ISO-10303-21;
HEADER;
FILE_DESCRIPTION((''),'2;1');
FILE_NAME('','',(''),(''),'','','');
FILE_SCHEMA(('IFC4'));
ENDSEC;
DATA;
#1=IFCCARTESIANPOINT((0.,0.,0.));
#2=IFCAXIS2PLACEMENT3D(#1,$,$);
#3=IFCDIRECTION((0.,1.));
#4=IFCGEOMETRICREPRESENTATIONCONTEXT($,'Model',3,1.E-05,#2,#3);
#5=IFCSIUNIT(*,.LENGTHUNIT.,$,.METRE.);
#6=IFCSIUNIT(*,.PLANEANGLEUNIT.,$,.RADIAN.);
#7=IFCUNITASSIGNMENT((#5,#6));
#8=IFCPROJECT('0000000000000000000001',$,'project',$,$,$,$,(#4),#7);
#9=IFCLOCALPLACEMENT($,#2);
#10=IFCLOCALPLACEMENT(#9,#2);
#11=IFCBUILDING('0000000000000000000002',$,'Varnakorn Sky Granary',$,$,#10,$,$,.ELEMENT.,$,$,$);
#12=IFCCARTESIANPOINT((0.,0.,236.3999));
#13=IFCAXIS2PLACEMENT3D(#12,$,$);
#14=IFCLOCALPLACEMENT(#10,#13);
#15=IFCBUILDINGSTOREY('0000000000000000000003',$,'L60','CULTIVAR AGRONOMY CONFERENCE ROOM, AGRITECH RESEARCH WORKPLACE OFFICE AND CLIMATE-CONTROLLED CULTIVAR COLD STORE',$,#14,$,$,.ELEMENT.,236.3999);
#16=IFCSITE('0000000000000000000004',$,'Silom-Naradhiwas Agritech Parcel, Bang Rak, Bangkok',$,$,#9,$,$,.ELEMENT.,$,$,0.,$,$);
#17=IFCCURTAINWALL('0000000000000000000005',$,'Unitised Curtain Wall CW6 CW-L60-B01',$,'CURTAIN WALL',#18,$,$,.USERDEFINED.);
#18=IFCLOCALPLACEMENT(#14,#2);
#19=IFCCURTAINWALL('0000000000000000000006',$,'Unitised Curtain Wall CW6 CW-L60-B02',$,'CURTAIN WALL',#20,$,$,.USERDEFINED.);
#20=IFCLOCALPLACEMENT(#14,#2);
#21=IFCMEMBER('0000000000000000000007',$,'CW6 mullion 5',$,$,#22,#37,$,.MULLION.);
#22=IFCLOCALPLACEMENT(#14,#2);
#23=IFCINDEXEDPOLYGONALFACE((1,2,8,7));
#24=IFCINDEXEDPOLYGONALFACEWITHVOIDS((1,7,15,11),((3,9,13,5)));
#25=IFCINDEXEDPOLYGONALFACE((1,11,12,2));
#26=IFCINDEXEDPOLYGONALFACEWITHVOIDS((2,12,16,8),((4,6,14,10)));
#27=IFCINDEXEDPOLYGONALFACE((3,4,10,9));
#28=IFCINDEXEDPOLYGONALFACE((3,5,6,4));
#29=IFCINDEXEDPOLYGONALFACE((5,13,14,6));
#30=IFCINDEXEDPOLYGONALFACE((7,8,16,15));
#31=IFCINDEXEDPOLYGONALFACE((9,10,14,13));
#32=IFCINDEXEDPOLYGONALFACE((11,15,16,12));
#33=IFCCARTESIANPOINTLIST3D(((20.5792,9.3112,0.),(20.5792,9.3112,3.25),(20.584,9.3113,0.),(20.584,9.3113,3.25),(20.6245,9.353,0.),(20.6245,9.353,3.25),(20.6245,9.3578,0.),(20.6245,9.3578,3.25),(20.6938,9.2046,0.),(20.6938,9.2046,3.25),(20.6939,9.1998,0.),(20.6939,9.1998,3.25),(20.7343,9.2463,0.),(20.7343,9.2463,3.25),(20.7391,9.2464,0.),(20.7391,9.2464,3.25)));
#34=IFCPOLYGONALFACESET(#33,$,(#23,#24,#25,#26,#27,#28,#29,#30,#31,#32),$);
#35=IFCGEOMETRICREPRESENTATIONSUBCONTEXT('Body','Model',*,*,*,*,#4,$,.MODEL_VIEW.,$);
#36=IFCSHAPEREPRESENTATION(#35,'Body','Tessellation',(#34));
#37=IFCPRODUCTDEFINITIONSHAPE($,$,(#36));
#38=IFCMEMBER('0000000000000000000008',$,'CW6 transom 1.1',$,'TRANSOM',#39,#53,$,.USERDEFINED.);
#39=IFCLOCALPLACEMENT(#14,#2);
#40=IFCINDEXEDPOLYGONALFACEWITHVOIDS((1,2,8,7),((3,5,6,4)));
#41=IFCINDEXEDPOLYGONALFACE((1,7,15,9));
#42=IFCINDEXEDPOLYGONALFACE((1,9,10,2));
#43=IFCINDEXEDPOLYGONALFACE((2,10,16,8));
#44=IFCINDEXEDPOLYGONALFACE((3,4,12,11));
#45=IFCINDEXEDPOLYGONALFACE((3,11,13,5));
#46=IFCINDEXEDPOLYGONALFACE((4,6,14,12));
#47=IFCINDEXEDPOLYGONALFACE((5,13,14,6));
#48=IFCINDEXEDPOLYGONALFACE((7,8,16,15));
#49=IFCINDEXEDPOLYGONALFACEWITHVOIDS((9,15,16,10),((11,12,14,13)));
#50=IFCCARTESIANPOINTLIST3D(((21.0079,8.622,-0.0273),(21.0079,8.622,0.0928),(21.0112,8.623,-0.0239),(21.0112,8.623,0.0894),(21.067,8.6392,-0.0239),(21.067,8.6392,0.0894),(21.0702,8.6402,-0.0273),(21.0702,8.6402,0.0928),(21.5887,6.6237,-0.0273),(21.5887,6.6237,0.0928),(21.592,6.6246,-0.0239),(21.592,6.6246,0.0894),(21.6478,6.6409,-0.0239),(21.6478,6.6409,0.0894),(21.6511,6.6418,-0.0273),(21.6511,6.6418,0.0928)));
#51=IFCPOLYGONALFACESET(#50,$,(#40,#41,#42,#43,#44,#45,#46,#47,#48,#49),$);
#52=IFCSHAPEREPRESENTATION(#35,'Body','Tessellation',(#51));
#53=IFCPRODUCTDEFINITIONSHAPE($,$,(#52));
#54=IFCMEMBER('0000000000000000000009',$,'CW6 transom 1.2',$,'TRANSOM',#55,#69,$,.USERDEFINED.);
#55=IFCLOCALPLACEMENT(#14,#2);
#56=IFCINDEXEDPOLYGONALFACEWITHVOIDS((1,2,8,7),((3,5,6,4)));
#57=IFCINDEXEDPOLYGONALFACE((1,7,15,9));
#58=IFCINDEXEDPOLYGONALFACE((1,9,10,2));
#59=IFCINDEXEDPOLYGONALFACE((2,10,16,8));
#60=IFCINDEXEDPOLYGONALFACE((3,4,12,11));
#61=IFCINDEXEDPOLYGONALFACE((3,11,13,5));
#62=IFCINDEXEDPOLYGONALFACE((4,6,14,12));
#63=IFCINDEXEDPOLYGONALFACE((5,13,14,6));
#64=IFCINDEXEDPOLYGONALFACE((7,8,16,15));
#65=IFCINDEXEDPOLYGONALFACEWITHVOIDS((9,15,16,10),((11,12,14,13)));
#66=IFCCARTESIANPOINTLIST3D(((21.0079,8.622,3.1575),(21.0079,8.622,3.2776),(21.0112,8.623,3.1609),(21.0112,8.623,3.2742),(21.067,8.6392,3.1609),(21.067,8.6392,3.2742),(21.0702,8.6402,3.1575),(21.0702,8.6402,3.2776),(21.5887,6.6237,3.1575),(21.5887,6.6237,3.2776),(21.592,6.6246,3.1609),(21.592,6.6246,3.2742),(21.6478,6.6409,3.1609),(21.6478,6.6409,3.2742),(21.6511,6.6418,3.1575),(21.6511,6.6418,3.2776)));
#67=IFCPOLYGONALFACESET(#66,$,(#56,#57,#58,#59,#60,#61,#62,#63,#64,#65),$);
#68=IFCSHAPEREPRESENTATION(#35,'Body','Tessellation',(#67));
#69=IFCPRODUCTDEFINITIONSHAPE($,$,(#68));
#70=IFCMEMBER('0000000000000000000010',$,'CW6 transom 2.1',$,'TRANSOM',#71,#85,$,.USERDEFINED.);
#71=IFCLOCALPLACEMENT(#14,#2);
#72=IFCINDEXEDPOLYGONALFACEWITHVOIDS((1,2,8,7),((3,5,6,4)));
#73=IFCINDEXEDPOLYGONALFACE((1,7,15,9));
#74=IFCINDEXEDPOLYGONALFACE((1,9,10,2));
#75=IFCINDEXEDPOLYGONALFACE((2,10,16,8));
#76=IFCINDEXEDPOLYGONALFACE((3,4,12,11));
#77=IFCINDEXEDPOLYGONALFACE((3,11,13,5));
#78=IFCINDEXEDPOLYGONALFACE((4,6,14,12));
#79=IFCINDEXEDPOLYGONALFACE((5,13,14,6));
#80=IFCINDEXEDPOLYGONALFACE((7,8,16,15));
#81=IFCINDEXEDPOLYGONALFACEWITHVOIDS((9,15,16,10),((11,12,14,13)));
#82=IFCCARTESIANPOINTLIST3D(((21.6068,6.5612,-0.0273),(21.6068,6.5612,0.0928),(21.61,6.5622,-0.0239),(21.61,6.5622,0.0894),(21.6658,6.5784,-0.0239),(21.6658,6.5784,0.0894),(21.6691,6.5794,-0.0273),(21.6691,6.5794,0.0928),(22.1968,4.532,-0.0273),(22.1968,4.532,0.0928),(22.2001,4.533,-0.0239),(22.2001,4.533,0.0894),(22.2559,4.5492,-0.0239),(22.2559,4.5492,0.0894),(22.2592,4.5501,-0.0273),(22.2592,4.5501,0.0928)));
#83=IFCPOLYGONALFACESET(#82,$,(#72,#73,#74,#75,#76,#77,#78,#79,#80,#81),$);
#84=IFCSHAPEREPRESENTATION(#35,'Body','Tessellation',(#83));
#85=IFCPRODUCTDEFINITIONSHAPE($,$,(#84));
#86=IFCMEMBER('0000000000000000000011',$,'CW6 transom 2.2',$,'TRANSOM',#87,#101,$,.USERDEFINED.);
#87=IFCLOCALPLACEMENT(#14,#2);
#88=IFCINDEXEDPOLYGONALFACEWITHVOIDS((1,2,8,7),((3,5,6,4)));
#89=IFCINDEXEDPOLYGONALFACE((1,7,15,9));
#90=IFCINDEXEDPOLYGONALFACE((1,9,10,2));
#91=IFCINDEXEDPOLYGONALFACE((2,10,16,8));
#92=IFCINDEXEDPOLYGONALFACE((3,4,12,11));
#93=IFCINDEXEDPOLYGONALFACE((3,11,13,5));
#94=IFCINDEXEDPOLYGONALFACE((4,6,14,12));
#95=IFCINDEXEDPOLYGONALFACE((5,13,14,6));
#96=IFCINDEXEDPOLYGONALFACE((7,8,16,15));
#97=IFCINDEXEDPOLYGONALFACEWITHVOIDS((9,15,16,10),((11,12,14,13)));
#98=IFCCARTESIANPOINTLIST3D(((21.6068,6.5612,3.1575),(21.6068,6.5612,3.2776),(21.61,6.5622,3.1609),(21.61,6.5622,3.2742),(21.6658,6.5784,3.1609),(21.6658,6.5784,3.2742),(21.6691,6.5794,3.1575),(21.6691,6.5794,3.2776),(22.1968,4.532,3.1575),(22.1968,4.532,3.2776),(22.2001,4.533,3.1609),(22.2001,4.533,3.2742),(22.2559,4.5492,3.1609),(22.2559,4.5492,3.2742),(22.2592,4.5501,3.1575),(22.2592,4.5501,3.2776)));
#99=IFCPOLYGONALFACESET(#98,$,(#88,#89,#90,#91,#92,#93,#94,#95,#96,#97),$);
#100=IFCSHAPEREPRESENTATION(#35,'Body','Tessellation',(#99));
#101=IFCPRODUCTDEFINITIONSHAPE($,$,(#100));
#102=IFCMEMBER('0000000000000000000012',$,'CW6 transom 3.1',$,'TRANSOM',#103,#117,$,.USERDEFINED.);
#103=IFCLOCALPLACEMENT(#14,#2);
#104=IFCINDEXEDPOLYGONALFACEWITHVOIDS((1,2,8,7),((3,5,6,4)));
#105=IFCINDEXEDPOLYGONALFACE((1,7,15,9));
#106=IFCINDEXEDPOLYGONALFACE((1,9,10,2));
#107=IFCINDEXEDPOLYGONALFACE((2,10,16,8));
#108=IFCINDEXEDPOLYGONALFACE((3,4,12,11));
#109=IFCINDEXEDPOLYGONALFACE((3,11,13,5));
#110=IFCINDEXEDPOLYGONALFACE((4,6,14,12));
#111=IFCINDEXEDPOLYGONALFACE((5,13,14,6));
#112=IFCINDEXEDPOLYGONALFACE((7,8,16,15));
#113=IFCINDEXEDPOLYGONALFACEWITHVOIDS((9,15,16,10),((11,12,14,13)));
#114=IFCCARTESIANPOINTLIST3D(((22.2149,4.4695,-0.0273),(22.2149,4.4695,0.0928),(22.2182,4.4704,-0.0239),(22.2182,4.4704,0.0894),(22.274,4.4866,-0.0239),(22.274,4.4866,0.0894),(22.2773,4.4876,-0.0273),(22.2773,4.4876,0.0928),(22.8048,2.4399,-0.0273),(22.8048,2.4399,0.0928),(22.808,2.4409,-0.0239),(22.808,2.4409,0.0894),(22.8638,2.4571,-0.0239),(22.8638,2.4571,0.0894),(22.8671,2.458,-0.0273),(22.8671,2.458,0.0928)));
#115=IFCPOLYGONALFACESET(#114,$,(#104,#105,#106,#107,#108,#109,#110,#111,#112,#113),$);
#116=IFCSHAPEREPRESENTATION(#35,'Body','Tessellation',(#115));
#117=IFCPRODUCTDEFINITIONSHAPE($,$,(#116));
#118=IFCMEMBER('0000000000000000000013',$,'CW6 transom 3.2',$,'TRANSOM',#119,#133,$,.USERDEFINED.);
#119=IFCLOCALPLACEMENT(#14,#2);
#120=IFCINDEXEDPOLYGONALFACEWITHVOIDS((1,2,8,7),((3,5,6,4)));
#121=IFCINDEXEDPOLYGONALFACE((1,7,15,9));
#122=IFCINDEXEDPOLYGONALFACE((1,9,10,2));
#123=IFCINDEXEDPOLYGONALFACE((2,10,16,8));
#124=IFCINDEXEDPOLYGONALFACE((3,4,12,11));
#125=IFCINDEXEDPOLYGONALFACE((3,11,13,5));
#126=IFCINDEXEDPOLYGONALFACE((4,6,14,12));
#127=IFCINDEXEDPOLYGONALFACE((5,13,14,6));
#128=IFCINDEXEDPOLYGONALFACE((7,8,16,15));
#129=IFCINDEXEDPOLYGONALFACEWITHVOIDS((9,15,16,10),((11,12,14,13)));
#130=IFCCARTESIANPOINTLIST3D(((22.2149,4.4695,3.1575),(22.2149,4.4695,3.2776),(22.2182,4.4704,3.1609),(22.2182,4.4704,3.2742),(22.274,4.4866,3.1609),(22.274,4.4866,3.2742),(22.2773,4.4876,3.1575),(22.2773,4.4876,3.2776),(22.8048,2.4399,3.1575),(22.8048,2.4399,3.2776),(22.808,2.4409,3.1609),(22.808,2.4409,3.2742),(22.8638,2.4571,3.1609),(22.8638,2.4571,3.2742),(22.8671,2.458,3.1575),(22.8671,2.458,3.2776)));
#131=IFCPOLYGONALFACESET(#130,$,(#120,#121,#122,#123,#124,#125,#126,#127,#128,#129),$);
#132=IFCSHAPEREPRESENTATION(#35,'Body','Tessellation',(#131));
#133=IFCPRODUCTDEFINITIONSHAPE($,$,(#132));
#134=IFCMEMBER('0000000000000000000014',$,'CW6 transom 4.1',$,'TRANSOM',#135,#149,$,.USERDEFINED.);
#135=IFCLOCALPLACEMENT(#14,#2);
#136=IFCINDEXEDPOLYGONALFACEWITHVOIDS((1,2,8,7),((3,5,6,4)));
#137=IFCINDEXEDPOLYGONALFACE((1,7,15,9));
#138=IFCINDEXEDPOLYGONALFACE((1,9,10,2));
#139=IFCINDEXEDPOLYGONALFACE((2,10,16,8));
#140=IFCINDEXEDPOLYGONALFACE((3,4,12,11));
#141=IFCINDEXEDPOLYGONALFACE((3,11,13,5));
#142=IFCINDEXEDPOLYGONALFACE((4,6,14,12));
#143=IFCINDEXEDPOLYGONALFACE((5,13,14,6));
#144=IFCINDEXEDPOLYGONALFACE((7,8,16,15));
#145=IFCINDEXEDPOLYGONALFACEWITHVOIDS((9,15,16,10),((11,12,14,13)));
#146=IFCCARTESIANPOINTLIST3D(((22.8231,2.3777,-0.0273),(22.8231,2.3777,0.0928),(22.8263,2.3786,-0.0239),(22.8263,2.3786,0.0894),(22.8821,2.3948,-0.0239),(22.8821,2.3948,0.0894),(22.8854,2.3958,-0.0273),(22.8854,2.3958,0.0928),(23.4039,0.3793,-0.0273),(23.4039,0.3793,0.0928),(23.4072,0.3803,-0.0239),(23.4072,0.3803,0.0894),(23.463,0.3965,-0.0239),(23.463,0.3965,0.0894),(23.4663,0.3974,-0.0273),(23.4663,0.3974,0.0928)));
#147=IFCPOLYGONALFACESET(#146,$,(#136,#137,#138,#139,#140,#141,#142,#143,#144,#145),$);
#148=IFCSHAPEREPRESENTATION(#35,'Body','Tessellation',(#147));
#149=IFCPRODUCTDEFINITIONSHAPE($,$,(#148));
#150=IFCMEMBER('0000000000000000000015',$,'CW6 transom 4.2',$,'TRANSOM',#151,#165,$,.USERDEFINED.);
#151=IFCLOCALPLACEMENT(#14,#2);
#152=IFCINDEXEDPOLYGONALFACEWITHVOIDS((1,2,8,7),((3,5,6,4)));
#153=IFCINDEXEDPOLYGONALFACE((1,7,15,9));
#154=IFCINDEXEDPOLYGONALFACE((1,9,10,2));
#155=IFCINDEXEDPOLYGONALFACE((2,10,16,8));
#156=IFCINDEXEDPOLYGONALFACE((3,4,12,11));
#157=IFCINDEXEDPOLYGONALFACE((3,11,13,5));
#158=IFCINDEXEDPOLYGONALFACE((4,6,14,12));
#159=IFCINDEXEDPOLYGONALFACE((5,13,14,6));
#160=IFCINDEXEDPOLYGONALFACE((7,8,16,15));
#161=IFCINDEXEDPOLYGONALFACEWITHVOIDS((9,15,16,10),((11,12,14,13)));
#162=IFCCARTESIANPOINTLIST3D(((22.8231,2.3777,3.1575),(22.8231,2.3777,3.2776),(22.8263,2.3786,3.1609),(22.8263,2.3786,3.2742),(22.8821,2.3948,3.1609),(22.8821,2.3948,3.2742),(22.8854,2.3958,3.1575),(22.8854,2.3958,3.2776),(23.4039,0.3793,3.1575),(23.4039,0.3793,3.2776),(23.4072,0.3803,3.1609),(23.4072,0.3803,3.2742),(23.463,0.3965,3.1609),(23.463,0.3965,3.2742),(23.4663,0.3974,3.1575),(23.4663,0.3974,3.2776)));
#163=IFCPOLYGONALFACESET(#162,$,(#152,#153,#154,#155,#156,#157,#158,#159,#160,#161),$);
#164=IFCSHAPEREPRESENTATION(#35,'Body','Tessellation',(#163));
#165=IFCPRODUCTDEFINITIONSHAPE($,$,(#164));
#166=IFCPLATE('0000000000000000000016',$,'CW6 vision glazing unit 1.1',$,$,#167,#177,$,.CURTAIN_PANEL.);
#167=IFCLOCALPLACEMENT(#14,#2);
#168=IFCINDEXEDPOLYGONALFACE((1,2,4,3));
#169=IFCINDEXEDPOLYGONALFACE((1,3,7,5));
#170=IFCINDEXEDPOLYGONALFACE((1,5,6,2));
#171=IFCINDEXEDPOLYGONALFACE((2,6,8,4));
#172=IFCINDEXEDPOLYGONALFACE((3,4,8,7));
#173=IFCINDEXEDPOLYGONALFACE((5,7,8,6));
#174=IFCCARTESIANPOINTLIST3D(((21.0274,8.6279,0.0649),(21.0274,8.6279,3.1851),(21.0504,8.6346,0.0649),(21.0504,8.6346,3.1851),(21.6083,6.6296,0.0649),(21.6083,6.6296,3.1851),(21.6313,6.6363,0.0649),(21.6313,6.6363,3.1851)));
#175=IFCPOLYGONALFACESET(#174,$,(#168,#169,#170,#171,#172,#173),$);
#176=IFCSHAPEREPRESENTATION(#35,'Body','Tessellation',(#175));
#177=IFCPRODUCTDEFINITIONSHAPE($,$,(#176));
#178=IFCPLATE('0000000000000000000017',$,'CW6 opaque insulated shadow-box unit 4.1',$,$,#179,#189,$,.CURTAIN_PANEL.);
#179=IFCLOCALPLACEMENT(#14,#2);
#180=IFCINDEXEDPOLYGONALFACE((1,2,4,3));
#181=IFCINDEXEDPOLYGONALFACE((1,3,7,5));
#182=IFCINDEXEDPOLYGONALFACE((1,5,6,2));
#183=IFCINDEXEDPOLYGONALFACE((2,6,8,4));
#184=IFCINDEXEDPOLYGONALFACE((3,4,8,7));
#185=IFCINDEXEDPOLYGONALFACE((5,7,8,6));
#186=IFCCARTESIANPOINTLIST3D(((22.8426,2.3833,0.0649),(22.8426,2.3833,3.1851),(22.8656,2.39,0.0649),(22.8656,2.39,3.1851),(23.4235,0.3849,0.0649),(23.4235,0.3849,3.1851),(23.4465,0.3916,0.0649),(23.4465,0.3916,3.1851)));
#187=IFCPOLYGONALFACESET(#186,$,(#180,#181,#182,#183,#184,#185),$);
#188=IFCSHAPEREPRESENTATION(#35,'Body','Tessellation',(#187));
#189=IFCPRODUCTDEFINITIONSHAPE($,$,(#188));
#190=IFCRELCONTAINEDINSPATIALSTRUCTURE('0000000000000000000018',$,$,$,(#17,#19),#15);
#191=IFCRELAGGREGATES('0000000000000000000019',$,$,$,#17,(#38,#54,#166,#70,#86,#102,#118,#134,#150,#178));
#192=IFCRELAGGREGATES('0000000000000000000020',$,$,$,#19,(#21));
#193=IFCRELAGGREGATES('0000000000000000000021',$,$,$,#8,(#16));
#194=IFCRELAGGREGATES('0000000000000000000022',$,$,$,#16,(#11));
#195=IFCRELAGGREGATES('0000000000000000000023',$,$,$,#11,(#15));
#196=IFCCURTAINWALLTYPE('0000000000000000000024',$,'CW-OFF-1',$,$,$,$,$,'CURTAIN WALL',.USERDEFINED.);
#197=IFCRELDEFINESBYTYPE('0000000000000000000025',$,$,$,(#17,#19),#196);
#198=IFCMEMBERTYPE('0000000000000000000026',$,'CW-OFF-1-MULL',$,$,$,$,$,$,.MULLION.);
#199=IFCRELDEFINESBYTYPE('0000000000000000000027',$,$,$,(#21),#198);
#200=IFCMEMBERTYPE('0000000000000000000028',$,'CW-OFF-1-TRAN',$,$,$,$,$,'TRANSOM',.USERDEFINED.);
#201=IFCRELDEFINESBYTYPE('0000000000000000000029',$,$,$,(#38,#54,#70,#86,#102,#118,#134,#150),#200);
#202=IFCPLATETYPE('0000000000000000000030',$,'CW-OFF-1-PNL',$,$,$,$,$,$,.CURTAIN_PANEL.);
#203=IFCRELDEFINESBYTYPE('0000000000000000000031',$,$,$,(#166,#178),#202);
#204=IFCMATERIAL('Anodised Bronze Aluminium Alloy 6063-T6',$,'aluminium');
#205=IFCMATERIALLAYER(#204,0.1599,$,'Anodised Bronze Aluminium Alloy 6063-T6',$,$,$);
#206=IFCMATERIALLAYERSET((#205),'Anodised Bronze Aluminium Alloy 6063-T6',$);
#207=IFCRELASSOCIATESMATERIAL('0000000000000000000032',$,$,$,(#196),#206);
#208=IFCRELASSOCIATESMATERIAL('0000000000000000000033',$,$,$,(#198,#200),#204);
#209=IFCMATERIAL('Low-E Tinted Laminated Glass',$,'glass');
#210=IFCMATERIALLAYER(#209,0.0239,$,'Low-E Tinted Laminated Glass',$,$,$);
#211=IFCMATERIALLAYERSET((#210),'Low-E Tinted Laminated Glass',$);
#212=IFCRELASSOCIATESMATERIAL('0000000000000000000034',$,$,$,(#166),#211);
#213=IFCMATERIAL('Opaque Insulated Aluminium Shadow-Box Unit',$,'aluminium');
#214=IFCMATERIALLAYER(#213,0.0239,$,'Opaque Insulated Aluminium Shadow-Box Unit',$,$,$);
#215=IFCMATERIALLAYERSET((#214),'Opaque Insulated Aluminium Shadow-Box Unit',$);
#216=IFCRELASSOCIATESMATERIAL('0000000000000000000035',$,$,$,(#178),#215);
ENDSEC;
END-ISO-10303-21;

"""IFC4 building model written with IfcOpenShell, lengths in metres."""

from ifc_helpers import new_model, si_unit, direction, frame, origin, origin_2d, place, context, subcontext, project, spatial, rectangle, hollow_rectangle, extrude, source, transform, mapped, material, layer, layer_set, material_profile, profile_set, type_object, element, aggregate, save


model = new_model("IFC4")

# Units and contexts
model_context = context("Model", 3, precision=1e-05, world=origin(), true_north=direction((0.0, 1.0)))
body_context = subcontext(model_context, "Body", "Model", "MODEL_VIEW")
ifc_project = project(units=[si_unit("LENGTHUNIT", "METRE"), si_unit("PLANEANGLEUNIT", "RADIAN")], contexts=[model_context])

# Site, building, storey
site_placement = place(None, origin())
site = spatial("IfcSite", under=ifc_project, at=site_placement, Name="Silom-Naradhiwas Agritech Parcel, Bang Rak, Bangkok", CompositionType="ELEMENT", RefElevation=0.0)
building_placement = place(site_placement, origin())
building = spatial("IfcBuilding", under=site, at=building_placement, Name="Varnakorn Sky Granary", CompositionType="ELEMENT")
storey_placement = place(building_placement, frame((0.0, 0.0, 236.3999)))
storey = spatial("IfcBuildingStorey", under=building, at=storey_placement, Name="L60", Description="CULTIVAR AGRONOMY CONFERENCE ROOM, AGRITECH RESEARCH WORKPLACE OFFICE AND CLIMATE-CONTROLLED CULTIVAR COLD STORE", CompositionType="ELEMENT", Elevation=236.3999)

# Curtain wall
ifc_material_1 = material(Name="Anodised Bronze Aluminium Alloy 6063-T6", Category="aluminium")
ifc_layer_1 = layer(ifc_material_1, 0.1599, Name="Anodised Bronze Aluminium Alloy 6063-T6")
ifc_layer_set_1 = layer_set([ifc_layer_1], Name="Anodised Bronze Aluminium Alloy 6063-T6")
curtain_wall_type = type_object("IfcCurtainWallType", Name="CW-OFF-1", ElementType="CURTAIN WALL", PredefinedType="USERDEFINED", material=ifc_layer_set_1)
curtain_wall_1_placement = place(storey_placement, origin())
curtain_wall_1 = element("IfcCurtainWall", 1, at=curtain_wall_1_placement, inside=storey, type_object=curtain_wall_type, Name="Unitised Curtain Wall CW6 CW-L60-B01", ObjectType="CURTAIN WALL", PredefinedType="USERDEFINED")
ifc_material_profile_1 = material_profile(ifc_material_1, hollow_rectangle(XDim=0.0649, YDim=0.1599, WallThickness=0.0034, at=origin_2d()), Name="ALU MULL 65x160")
ifc_profile_set_1 = profile_set([ifc_material_profile_1], Name="Anodised Bronze Aluminium Alloy 6063-T6")
member_type_1 = type_object("IfcMemberType", Name="CW-OFF-1-MULL", PredefinedType="MULLION", material=ifc_profile_set_1)

# Curtain wall, member
curtain_wall_2_placement = place(storey_placement, origin())
curtain_wall_2 = element("IfcCurtainWall", 2, at=curtain_wall_2_placement, inside=storey, type_object=curtain_wall_type, Name="Unitised Curtain Wall CW6 CW-L60-B02", ObjectType="CURTAIN WALL", PredefinedType="USERDEFINED")
member_1_placement = place(storey_placement, frame((20.6592, 9.2788, 0.0), z_axis=(0.0, 0.0, 1.0), x_axis=(0.696915, 0.717154, 0.0)))
member_1 = element("IfcMember", 3, at=member_1_placement, type_object=member_type_1, Name="CW6 mullion 5", PredefinedType="MULLION", context=body_context, shape_type="SweptSolid", body=[
    extrude(hollow_rectangle(XDim=0.0649, YDim=0.1599, WallThickness=0.0034, at=origin_2d()), origin(), (0.0, 0.0, 1.0), 3.25),
])

# Members
ifc_material_profile_2 = material_profile(ifc_material_1, hollow_rectangle(XDim=0.0649, YDim=0.1201, WallThickness=0.0034, at=origin_2d()), Name="ALU TRAN 65x120")
ifc_profile_set_2 = profile_set([ifc_material_profile_2], Name="Anodised Bronze Aluminium Alloy 6063-T6")
member_type_2 = type_object("IfcMemberType", Name="CW-OFF-1-TRAN", ElementType="TRANSOM", PredefinedType="USERDEFINED", material=ifc_profile_set_2)
member_2_placement = place(storey_placement, frame((21.0391, 8.6311, 0.0327), z_axis=(0.279103, -0.960261, 0.0), x_axis=(0.960261, 0.279103, 0.0)))
member_2 = element("IfcMember", 4, at=member_2_placement, type_object=member_type_2, Name="CW6 transom 1.1", ObjectType="TRANSOM", PredefinedType="USERDEFINED", context=body_context, shape_type="SweptSolid", body=[
    extrude(hollow_rectangle(XDim=0.0649, YDim=0.1201, WallThickness=0.0034, at=origin_2d()), origin(), (0.0, 0.0, 1.0), 2.0811),
])
member_3_placement = place(storey_placement, frame((21.0391, 8.6311, 3.2175), z_axis=(0.279103, -0.960261, 0.0), x_axis=(0.960261, 0.279103, 0.0)))
member_3 = element("IfcMember", 5, at=member_3_placement, type_object=member_type_2, Name="CW6 transom 1.2", ObjectType="TRANSOM", PredefinedType="USERDEFINED", context=body_context, shape_type="SweptSolid", body=[
    extrude(hollow_rectangle(XDim=0.0649, YDim=0.1201, WallThickness=0.0034, at=origin_2d()), origin(), (0.0, 0.0, 1.0), 2.0811),
])
member_4_placement = place(storey_placement, frame((21.6379, 6.5703, 0.0327), z_axis=(0.279219, -0.960227, 0.0), x_axis=(0.960227, 0.279219, 0.0)))
member_4 = element("IfcMember", 6, at=member_4_placement, type_object=member_type_2, Name="CW6 transom 2.1", ObjectType="TRANSOM", PredefinedType="USERDEFINED", context=body_context, shape_type="SweptSolid", body=[
    extrude(hollow_rectangle(XDim=0.0649, YDim=0.1201, WallThickness=0.0034, at=origin_2d()), origin(), (0.0, 0.0, 1.0), 2.1133),
])
member_5_placement = place(storey_placement, frame((21.6379, 6.5703, 3.2175), z_axis=(0.279219, -0.960227, 0.0), x_axis=(0.960227, 0.279219, 0.0)))
member_5 = element("IfcMember", 7, at=member_5_placement, type_object=member_type_2, Name="CW6 transom 2.2", ObjectType="TRANSOM", PredefinedType="USERDEFINED", context=body_context, shape_type="SweptSolid", body=[
    extrude(hollow_rectangle(XDim=0.0649, YDim=0.1201, WallThickness=0.0034, at=origin_2d()), origin(), (0.0, 0.0, 1.0), 2.1133),
])
member_6_placement = place(storey_placement, frame((22.2461, 4.4785, 0.0327), z_axis=(0.279082, -0.960267, 0.0), x_axis=(0.960267, 0.279082, 0.0)))
member_6 = element("IfcMember", 8, at=member_6_placement, type_object=member_type_2, Name="CW6 transom 3.1", ObjectType="TRANSOM", PredefinedType="USERDEFINED", context=body_context, shape_type="SweptSolid", body=[
    extrude(hollow_rectangle(XDim=0.0649, YDim=0.1201, WallThickness=0.0034, at=origin_2d()), origin(), (0.0, 0.0, 1.0), 2.1135),
])
member_7_placement = place(storey_placement, frame((22.2461, 4.4785, 3.2175), z_axis=(0.279082, -0.960267, 0.0), x_axis=(0.960267, 0.279082, 0.0)))
member_7 = element("IfcMember", 9, at=member_7_placement, type_object=member_type_2, Name="CW6 transom 3.2", ObjectType="TRANSOM", PredefinedType="USERDEFINED", context=body_context, shape_type="SweptSolid", body=[
    extrude(hollow_rectangle(XDim=0.0649, YDim=0.1201, WallThickness=0.0034, at=origin_2d()), origin(), (0.0, 0.0, 1.0), 2.1135),
])
member_8_placement = place(storey_placement, frame((22.8542, 2.3867, 0.0327), z_axis=(0.279103, -0.960261, 0.0), x_axis=(0.960261, 0.279103, 0.0)))
member_8 = element("IfcMember", 10, at=member_8_placement, type_object=member_type_2, Name="CW6 transom 4.1", ObjectType="TRANSOM", PredefinedType="USERDEFINED", context=body_context, shape_type="SweptSolid", body=[
    extrude(hollow_rectangle(XDim=0.0649, YDim=0.1201, WallThickness=0.0034, at=origin_2d()), origin(), (0.0, 0.0, 1.0), 2.0811),
])
member_9_placement = place(storey_placement, frame((22.8542, 2.3867, 3.2175), z_axis=(0.279103, -0.960261, 0.0), x_axis=(0.960261, 0.279103, 0.0)))
member_9 = element("IfcMember", 11, at=member_9_placement, type_object=member_type_2, Name="CW6 transom 4.2", ObjectType="TRANSOM", PredefinedType="USERDEFINED", context=body_context, shape_type="SweptSolid", body=[
    extrude(hollow_rectangle(XDim=0.0649, YDim=0.1201, WallThickness=0.0034, at=origin_2d()), origin(), (0.0, 0.0, 1.0), 2.0811),
])

# Plates
ifc_material_2 = material(Name="Low-E Tinted Laminated Glass", Category="glass")
ifc_layer_2 = layer(ifc_material_2, 0.0239, Name="Low-E Tinted Laminated Glass")
ifc_layer_set_2 = layer_set([ifc_layer_2], Name="Low-E Tinted Laminated Glass")
plate_type = type_object("IfcPlateType", Name="CW-OFF-1-PNL", PredefinedType="CURTAIN_PANEL")
shared_shape_1 = source(origin(), body_context, "Body", "SweptSolid", [
    extrude(rectangle(XDim=2.0811, YDim=0.0239, at=origin_2d()), origin(), (0.0, 0.0, 1.0), 3.1201),
])
plate_1_placement = place(storey_placement, frame((21.3293, 7.6321, 0.0649), z_axis=(0.0, 0.0, 1.0), x_axis=(0.279141, -0.96025, 0.0)))
plate_1 = element("IfcPlate", 12, at=plate_1_placement, type_object=plate_type, material=ifc_layer_set_2, Name="CW6 vision glazing unit 1.1", PredefinedType="CURTAIN_PANEL", context=body_context, shape_type="MappedRepresentation", body=[
    mapped(shared_shape_1, transform((0.0, 0.0, 0.0), x_axis=(1.0, 0.0, 0.0), y_axis=(0.0, 1.0, 0.0), z_axis=(0.0, 0.0, 1.0), scale=1.0)),
])
ifc_material_3 = material(Name="Opaque Insulated Aluminium Shadow-Box Unit", Category="aluminium")
ifc_layer_3 = layer(ifc_material_3, 0.0239, Name="Opaque Insulated Aluminium Shadow-Box Unit")
ifc_layer_set_3 = layer_set([ifc_layer_3], Name="Opaque Insulated Aluminium Shadow-Box Unit")
plate_2_placement = place(storey_placement, frame((23.1445, 1.3875, 0.0649), z_axis=(0.0, 0.0, 1.0), x_axis=(0.279141, -0.96025, 0.0)))
plate_2 = element("IfcPlate", 13, at=plate_2_placement, type_object=plate_type, material=ifc_layer_set_3, Name="CW6 opaque insulated shadow-box unit 4.1", PredefinedType="CURTAIN_PANEL", context=body_context, shape_type="MappedRepresentation", body=[
    mapped(shared_shape_1, transform((0.0, 0.0, 0.0), x_axis=(1.0, 0.0, 0.0), y_axis=(0.0, 1.0, 0.0), z_axis=(0.0, 0.0, 1.0), scale=1.0)),
])
aggregate(curtain_wall_1, [member_2, member_3, plate_1, member_4, member_5, member_6, member_7, member_8, member_9, plate_2])
aggregate(curtain_wall_2, [member_1])

save(model, "model.ifc")
